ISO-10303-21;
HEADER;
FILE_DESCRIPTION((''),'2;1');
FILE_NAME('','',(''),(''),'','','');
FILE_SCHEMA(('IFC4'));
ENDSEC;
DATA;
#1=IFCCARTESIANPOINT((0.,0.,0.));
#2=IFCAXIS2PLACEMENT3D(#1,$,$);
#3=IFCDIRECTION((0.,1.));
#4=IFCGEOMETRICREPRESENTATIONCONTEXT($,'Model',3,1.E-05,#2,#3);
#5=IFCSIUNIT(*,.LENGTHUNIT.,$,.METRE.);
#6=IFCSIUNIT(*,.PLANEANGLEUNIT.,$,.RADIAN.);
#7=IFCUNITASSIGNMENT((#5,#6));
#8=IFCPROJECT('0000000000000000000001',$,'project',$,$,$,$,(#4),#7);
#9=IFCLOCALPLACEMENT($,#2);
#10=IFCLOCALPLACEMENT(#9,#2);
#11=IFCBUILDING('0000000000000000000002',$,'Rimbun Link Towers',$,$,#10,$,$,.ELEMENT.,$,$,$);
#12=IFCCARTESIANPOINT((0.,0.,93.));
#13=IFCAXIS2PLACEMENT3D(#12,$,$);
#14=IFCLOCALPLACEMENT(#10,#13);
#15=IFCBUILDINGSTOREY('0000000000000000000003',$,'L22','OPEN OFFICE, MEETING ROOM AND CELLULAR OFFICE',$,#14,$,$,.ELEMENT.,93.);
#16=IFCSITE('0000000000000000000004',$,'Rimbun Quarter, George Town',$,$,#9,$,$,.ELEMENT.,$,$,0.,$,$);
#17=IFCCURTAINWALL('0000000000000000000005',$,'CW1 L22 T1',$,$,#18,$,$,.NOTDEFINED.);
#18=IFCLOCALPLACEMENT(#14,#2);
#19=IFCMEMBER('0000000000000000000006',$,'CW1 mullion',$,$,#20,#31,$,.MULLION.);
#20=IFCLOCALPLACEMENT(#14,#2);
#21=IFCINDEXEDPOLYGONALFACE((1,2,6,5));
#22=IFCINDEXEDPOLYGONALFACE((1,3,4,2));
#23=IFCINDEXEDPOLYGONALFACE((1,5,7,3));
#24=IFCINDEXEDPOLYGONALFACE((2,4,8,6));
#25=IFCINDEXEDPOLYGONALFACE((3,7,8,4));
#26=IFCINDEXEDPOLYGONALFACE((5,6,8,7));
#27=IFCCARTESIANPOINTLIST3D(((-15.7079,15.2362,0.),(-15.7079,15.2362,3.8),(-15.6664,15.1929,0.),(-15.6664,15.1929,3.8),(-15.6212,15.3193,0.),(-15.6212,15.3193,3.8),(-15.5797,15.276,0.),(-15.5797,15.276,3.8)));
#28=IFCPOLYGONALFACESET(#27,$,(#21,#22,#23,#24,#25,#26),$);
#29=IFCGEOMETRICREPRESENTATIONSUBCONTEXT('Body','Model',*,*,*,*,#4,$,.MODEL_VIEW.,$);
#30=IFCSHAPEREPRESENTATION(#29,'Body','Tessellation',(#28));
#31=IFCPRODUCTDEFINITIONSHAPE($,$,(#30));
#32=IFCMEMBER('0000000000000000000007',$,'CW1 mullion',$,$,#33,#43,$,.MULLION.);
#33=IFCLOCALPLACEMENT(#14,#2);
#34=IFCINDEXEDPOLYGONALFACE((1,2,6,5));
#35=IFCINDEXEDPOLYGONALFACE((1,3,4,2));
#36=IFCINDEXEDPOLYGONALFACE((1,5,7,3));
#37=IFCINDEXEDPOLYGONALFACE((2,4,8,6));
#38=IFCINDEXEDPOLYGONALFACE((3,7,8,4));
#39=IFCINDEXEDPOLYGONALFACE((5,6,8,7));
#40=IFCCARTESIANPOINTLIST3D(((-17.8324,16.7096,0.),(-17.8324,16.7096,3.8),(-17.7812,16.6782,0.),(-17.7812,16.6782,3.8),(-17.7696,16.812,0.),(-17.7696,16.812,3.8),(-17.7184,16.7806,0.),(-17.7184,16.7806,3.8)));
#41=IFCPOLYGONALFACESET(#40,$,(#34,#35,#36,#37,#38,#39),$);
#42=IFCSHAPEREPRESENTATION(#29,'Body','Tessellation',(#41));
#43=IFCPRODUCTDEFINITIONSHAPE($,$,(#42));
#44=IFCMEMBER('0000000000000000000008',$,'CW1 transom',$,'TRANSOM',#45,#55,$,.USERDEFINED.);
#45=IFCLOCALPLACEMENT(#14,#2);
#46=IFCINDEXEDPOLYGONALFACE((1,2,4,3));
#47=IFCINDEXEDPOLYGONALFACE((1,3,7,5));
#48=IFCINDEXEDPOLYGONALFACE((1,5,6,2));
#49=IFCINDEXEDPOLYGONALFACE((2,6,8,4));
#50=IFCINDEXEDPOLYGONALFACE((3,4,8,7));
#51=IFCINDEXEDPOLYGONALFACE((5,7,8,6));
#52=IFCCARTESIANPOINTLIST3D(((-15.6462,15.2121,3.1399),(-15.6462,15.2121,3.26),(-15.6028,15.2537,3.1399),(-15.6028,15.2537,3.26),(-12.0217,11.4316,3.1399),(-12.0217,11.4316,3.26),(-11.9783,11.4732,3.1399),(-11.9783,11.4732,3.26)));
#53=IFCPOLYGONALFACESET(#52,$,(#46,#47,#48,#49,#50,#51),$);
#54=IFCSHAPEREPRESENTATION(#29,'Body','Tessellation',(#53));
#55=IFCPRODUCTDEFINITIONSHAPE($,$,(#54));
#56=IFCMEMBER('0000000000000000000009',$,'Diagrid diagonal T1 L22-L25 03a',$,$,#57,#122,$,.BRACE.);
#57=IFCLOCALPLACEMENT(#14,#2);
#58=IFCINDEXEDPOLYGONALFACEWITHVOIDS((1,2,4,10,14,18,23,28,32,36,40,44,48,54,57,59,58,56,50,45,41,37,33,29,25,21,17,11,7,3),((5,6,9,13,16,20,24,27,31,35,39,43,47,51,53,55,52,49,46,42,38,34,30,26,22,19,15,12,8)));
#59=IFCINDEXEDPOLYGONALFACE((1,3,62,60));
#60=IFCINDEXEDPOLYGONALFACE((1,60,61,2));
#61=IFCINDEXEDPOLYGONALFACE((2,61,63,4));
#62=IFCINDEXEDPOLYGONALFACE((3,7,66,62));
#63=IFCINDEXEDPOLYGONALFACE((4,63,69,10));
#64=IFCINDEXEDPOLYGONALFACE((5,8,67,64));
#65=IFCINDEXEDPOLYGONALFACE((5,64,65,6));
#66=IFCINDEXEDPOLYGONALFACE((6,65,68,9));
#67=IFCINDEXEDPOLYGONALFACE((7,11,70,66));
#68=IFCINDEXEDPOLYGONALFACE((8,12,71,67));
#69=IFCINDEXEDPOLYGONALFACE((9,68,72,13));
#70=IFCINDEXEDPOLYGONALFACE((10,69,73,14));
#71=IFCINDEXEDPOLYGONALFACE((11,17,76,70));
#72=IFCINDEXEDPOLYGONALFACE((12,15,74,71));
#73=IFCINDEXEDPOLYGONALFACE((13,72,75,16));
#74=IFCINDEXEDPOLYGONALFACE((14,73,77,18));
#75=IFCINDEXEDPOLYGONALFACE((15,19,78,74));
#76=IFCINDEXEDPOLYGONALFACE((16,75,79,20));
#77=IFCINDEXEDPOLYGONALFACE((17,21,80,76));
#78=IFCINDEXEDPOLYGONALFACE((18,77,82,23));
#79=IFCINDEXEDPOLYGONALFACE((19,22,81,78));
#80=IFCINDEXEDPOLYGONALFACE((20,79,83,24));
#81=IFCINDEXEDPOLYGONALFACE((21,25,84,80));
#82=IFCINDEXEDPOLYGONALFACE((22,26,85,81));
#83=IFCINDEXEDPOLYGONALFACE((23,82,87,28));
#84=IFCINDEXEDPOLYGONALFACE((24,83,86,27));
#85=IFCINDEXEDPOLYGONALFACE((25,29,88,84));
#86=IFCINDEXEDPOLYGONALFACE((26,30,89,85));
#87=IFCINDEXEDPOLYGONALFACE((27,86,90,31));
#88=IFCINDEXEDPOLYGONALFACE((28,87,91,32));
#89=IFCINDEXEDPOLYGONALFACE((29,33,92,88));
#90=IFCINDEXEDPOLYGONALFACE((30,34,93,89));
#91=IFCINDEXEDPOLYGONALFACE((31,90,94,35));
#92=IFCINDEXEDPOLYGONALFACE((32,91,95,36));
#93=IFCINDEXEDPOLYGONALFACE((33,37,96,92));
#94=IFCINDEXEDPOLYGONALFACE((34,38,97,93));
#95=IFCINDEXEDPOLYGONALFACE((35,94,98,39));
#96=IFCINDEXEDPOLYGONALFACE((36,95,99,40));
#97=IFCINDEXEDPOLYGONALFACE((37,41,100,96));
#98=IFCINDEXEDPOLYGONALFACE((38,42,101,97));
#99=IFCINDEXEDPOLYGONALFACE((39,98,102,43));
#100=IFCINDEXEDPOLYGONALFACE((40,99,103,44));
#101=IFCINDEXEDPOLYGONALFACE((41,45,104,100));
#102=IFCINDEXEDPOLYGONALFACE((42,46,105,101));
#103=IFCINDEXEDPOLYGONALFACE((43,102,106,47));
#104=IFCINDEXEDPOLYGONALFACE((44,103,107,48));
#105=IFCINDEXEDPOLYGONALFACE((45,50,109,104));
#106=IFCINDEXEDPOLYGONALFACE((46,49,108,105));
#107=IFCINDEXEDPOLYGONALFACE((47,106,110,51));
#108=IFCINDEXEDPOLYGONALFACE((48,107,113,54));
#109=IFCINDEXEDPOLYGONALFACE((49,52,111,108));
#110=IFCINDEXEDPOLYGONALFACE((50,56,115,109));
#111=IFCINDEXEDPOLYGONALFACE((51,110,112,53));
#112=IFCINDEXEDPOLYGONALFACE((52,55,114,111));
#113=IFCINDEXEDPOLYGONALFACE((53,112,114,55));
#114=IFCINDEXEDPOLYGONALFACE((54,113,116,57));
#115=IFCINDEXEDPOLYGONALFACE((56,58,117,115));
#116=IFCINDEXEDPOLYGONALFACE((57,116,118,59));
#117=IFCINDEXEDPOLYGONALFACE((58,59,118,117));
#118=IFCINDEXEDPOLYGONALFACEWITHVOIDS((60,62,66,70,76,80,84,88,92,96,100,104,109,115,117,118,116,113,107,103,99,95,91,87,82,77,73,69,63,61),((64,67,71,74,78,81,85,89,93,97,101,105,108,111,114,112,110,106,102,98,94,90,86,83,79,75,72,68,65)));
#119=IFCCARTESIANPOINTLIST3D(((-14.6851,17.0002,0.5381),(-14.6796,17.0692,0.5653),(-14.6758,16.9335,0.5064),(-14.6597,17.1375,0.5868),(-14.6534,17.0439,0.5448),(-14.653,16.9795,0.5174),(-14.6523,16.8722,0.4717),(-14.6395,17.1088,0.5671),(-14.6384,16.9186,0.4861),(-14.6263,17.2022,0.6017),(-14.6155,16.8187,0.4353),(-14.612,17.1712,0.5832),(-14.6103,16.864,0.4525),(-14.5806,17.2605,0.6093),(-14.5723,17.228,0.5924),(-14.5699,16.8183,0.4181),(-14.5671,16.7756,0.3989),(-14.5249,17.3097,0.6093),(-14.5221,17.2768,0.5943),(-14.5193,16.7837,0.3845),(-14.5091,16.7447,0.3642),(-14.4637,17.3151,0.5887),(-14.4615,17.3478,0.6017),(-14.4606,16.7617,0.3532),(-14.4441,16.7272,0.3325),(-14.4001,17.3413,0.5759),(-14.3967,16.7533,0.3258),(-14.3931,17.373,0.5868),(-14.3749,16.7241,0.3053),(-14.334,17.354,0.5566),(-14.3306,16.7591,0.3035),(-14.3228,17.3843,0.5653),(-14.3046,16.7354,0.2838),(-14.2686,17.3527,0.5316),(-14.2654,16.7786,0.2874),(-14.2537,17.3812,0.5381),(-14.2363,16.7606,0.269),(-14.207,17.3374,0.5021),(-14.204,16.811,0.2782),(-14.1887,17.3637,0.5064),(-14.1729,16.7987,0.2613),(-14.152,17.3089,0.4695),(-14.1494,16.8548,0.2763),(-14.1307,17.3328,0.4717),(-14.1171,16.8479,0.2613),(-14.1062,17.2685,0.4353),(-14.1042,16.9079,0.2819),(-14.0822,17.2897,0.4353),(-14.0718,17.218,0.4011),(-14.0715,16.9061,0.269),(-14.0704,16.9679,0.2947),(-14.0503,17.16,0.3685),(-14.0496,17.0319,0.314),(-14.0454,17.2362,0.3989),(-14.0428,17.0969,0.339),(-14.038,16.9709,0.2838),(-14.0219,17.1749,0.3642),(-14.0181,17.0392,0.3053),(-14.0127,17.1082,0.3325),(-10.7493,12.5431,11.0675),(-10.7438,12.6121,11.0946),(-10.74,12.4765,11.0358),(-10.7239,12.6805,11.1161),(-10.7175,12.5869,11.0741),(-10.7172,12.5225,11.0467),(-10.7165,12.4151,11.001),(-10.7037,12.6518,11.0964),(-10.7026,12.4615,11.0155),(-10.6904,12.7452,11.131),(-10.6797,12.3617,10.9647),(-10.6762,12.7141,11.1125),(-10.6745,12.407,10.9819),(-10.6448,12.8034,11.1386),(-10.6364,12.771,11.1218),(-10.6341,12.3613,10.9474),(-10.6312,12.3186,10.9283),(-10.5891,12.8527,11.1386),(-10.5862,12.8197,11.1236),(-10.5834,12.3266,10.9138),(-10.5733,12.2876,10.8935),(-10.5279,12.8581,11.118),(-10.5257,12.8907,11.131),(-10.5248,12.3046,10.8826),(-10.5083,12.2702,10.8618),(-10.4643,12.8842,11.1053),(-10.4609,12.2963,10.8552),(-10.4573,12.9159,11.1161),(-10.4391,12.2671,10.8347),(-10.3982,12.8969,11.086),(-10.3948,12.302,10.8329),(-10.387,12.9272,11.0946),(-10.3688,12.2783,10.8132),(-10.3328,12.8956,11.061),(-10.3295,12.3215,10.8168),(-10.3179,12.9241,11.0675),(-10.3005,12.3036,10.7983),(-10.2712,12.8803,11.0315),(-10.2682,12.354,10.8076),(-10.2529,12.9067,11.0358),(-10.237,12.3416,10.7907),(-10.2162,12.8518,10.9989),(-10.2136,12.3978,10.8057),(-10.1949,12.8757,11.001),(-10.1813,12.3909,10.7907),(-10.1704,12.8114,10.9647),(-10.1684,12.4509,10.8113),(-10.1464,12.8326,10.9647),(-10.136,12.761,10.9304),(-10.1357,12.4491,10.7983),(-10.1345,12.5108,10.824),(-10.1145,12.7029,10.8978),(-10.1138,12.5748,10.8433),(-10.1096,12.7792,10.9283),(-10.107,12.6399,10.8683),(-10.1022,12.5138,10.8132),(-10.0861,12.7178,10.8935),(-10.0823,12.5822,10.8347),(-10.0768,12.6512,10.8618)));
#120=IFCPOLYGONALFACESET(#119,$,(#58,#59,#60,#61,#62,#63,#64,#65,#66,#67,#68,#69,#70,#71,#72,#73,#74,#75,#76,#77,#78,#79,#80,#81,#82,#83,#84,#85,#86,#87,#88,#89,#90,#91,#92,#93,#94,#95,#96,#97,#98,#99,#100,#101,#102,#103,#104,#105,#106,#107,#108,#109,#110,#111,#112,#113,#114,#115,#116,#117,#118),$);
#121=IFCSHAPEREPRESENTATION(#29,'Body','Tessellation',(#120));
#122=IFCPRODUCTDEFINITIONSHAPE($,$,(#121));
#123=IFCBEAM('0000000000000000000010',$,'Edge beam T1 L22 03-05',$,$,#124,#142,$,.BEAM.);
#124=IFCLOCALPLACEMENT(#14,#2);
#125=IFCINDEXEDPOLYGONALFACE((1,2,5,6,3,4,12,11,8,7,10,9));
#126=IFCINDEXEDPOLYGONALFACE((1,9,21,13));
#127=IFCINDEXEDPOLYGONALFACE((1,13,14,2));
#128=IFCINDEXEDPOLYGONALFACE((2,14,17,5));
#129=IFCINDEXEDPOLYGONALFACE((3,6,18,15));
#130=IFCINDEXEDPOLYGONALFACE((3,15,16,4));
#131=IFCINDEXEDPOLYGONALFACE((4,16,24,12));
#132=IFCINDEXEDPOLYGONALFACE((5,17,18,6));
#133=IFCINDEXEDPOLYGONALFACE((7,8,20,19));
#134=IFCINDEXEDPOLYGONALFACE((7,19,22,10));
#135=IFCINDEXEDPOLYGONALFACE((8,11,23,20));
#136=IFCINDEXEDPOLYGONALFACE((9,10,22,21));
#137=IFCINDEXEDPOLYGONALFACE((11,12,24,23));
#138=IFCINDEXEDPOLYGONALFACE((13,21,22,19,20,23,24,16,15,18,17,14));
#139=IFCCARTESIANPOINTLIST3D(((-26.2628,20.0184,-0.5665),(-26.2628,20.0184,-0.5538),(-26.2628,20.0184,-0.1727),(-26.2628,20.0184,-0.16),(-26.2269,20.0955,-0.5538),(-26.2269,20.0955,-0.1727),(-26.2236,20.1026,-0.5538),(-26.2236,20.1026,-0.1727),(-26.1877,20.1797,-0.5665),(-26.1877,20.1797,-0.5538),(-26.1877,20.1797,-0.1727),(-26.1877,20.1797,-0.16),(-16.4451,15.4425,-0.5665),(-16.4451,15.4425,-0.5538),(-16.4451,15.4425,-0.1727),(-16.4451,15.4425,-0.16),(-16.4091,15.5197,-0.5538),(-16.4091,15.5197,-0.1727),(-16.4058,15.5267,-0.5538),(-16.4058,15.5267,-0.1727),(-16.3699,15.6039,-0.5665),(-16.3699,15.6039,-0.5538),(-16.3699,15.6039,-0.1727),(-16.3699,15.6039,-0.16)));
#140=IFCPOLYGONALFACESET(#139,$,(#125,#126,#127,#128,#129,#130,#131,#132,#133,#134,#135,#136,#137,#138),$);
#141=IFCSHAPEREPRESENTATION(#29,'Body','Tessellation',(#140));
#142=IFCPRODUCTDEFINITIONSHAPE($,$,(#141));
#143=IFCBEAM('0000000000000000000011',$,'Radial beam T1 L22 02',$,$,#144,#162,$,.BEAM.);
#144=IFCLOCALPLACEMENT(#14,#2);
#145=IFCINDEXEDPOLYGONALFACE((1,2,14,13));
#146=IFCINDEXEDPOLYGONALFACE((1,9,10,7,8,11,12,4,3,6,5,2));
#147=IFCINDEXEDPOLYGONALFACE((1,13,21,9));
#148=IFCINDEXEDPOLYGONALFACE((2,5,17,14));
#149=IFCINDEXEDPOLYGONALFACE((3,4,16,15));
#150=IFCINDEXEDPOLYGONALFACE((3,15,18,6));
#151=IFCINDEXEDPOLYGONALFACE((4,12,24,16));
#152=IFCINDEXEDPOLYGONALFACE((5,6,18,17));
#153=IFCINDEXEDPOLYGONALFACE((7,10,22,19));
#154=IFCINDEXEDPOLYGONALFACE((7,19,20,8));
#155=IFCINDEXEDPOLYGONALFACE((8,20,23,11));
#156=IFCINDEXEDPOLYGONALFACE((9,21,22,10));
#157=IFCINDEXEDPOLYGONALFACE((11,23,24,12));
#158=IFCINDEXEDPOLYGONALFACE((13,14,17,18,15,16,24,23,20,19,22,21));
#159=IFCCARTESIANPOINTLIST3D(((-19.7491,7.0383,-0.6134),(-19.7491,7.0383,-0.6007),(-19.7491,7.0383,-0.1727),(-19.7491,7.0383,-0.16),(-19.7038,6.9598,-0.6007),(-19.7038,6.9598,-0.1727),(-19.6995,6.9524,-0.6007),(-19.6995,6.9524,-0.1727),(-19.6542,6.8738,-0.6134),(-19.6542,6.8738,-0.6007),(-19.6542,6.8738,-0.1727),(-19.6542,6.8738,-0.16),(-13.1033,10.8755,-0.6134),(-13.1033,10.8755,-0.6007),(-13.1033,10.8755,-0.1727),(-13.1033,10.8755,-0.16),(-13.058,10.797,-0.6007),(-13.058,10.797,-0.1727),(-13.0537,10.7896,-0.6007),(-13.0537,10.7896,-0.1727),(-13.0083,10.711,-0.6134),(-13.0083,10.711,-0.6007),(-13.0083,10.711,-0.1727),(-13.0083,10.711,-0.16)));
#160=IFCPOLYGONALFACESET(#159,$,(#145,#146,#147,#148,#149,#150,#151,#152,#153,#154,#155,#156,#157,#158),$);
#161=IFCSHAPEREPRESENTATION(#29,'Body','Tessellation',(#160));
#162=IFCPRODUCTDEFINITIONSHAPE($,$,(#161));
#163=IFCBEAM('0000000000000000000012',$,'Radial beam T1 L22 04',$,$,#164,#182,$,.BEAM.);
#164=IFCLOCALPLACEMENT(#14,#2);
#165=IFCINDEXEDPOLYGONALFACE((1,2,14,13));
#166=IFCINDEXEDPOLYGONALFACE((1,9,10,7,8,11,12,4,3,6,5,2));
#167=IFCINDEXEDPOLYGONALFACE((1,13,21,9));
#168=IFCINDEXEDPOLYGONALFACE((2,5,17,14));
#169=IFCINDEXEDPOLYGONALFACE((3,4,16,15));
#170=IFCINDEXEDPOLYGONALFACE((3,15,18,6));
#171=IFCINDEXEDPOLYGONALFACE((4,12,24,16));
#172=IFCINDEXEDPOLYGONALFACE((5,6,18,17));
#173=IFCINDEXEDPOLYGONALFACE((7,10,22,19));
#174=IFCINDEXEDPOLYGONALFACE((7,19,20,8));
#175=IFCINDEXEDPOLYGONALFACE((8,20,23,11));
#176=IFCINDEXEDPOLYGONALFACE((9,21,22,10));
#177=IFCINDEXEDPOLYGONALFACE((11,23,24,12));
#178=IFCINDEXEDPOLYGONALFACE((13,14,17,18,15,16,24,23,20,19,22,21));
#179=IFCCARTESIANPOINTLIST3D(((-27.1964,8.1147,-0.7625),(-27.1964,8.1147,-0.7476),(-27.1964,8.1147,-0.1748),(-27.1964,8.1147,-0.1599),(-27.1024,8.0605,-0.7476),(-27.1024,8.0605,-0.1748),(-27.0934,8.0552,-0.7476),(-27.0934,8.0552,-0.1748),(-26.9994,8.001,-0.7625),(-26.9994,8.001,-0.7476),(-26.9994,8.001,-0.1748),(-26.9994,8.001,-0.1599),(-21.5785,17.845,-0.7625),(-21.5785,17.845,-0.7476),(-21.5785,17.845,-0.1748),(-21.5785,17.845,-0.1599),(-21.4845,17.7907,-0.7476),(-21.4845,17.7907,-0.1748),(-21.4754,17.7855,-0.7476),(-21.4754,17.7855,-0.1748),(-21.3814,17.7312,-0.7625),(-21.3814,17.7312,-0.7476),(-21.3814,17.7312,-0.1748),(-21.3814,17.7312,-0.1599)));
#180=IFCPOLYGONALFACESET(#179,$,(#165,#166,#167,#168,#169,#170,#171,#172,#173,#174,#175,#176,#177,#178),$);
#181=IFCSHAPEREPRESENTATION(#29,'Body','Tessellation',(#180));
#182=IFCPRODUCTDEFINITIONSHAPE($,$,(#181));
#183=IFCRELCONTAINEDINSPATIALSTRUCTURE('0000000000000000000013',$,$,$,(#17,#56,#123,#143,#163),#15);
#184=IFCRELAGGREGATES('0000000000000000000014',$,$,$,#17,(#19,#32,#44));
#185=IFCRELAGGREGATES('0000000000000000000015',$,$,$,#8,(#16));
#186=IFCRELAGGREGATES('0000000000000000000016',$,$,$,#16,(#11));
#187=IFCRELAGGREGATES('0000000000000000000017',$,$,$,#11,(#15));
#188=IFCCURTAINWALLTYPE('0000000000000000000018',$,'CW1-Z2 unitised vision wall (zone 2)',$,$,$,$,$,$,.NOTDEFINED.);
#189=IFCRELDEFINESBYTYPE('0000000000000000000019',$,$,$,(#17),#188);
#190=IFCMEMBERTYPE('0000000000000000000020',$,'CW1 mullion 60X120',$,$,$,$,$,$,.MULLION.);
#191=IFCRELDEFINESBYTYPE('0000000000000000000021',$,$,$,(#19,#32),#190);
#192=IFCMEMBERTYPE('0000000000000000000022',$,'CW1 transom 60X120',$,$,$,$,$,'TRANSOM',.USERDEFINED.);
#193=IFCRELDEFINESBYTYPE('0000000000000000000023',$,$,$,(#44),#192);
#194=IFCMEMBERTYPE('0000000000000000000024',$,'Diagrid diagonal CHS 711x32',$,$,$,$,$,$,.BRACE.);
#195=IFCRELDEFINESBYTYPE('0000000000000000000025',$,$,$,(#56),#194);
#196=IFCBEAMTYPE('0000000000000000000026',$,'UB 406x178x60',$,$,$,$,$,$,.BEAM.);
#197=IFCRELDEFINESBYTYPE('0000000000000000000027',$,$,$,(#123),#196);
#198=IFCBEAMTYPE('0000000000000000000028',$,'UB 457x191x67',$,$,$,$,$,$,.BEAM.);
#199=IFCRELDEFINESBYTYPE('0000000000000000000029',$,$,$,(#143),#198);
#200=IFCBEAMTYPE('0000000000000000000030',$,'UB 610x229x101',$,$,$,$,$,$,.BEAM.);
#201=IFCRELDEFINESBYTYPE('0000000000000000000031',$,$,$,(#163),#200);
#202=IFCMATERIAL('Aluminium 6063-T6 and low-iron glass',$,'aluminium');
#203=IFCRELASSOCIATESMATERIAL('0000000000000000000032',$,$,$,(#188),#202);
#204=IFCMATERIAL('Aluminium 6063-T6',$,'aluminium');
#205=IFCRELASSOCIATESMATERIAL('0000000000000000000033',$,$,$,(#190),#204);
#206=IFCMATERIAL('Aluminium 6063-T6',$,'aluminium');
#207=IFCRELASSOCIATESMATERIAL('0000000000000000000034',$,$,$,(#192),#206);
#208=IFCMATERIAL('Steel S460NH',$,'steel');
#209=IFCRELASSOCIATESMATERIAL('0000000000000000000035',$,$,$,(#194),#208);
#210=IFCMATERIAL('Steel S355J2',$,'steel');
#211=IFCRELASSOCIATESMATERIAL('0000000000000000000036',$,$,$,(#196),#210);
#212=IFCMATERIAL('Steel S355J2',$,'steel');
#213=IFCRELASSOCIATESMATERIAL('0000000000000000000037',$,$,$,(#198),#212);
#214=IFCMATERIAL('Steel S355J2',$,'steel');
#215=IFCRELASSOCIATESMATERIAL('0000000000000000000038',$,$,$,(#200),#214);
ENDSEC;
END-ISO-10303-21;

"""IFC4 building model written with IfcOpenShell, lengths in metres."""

from ifc_helpers import new_model, si_unit, direction, frame, origin, origin_2d, place, context, subcontext, project, spatial, rectangle, hollow_circle, i_section, extrude, material, material_profile, profile_set, type_object, element, aggregate, save


model = new_model("IFC4")

# Units and contexts
model_context = context("Model", 3, precision=1e-05, world=origin(), true_north=direction((0.0, 1.0)))
body_context = subcontext(model_context, "Body", "Model", "MODEL_VIEW")
ifc_project = project(units=[si_unit("LENGTHUNIT", "METRE"), si_unit("PLANEANGLEUNIT", "RADIAN")], contexts=[model_context])

# Site, building, storey
site_placement = place(None, origin())
site = spatial("IfcSite", under=ifc_project, at=site_placement, Name="Rimbun Quarter, George Town", CompositionType="ELEMENT", RefElevation=0.0)
building_placement = place(site_placement, origin())
building = spatial("IfcBuilding", under=site, at=building_placement, Name="Rimbun Link Towers", CompositionType="ELEMENT")
storey_placement = place(building_placement, frame((0.0, 0.0, 93.0)))
storey = spatial("IfcBuildingStorey", under=building, at=storey_placement, Name="L22", Description="OPEN OFFICE, MEETING ROOM AND CELLULAR OFFICE", CompositionType="ELEMENT", Elevation=93.0)

# Curtain wall, members
ifc_material_1 = material(Name="Aluminium 6063-T6 and low-iron glass", Category="aluminium")
curtain_wall_type = type_object("IfcCurtainWallType", Name="CW1-Z2 unitised vision wall (zone 2)", PredefinedType="NOTDEFINED", material=ifc_material_1)
curtain_wall_placement = place(storey_placement, origin())
curtain_wall = element("IfcCurtainWall", 1, at=curtain_wall_placement, inside=storey, type_object=curtain_wall_type, Name="CW1 L22 T1", PredefinedType="NOTDEFINED")
ifc_material_2 = material(Name="Aluminium 6063-T6", Category="aluminium")
ifc_material_profile_1 = material_profile(ifc_material_2, rectangle(XDim=0.1201, YDim=0.0601, at=origin_2d()), Name="MULLION 60X120")
ifc_profile_set_1 = profile_set([ifc_material_profile_1], Name="Aluminium 6063-T6")
member_type_1 = type_object("IfcMemberType", Name="CW1 mullion 60X120", PredefinedType="MULLION", material=ifc_profile_set_1)
member_1_placement = place(storey_placement, frame((-15.6438, 15.2561, 0.0), z_axis=(0.0, 0.0, 1.0), x_axis=(0.721854, 0.692045, 0.0)))
member_1 = element("IfcMember", 2, at=member_1_placement, type_object=member_type_1, Name="CW1 mullion", PredefinedType="MULLION", context=body_context, shape_type="SweptSolid", body=[
    extrude(rectangle(XDim=0.1201, YDim=0.0601, at=origin_2d()), origin(), (0.0, 0.0, 1.0), 3.8),
])
member_2_placement = place(storey_placement, frame((-17.7754, 16.7451, 0.0), z_axis=(0.0, 0.0, 1.0), x_axis=(0.523239, 0.852186, 0.0)))
member_2 = element("IfcMember", 3, at=member_2_placement, type_object=member_type_1, Name="CW1 mullion", PredefinedType="MULLION", context=body_context, shape_type="SweptSolid", body=[
    extrude(rectangle(XDim=0.1201, YDim=0.0601, at=origin_2d()), origin(), (0.0, 0.0, 1.0), 3.8),
])
ifc_material_3 = material(Name="Aluminium 6063-T6", Category="aluminium")
ifc_material_profile_2 = material_profile(ifc_material_3, rectangle(XDim=0.0601, YDim=0.1201, at=origin_2d()), Name="TRANSOM 60X120")
ifc_profile_set_2 = profile_set([ifc_material_profile_2], Name="Aluminium 6063-T6")
member_type_2 = type_object("IfcMemberType", Name="CW1 transom 60X120", ElementType="TRANSOM", PredefinedType="USERDEFINED", material=ifc_profile_set_2)
member_3_placement = place(storey_placement, frame((-15.6245, 15.2329, 3.2), z_axis=(0.692056, -0.721844, 0.0), x_axis=(0.721844, 0.692056, 0.0)))
member_3 = element("IfcMember", 4, at=member_3_placement, type_object=member_type_2, Name="CW1 transom", ObjectType="TRANSOM", PredefinedType="USERDEFINED", context=body_context, shape_type="SweptSolid", body=[
    extrude(rectangle(XDim=0.0601, YDim=0.1201, at=origin_2d()), origin(), (0.0, 0.0, 1.0), 5.2373),
])

# Member
ifc_material_4 = material(Name="Steel S460NH", Category="steel")
ifc_material_profile_3 = material_profile(ifc_material_4, hollow_circle(Radius=0.3557, WallThickness=0.032, at=origin_2d()), Name="Diagrid diagonal CHS 711x32")
ifc_profile_set_3 = profile_set([ifc_material_profile_3], Name="Steel S460NH")
member_type_3 = type_object("IfcMemberType", Name="Diagrid diagonal CHS 711x32", PredefinedType="BRACE", material=ifc_profile_set_3)
member_4_placement = place(storey_placement, frame((-14.3489, 17.0542, 0.4353), z_axis=(0.325481, -0.368587, 0.87075), x_axis=(0.749578, 0.661916, 0.0)))
element("IfcMember", 5, at=member_4_placement, inside=storey, type_object=member_type_3, Name="Diagrid diagonal T1 L22-L25 03a", PredefinedType="BRACE", context=body_context, shape_type="SweptSolid", body=[
    extrude(hollow_circle(Radius=0.3557, WallThickness=0.032, at=origin_2d()), origin(), (0.0, 0.0, 1.0), 12.0923),
])

# Beams
ifc_material_5 = material(Name="Steel S355J2", Category="steel")
ifc_material_profile_4 = material_profile(ifc_material_5, i_section(OverallWidth=0.178, OverallDepth=0.4065, WebThickness=0.0078, FlangeThickness=0.0127, at=origin_2d()), Name="UB 406x178x60")
ifc_profile_set_4 = profile_set([ifc_material_profile_4], Name="Steel S355J2")
beam_type_1 = type_object("IfcBeamType", Name="UB 406x178x60", PredefinedType="BEAM", material=ifc_profile_set_4)
beam_1_placement = place(storey_placement, frame((-16.4075, 15.5232, -0.3633), z_axis=(-0.906386, 0.42245, 0.0), x_axis=(-0.42245, -0.906386, 0.0)))
element("IfcBeam", 6, at=beam_1_placement, inside=storey, type_object=beam_type_1, Name="Edge beam T1 L22 03-05", PredefinedType="BEAM", context=body_context, shape_type="SweptSolid", body=[
    extrude(i_section(OverallWidth=0.178, OverallDepth=0.4065, WebThickness=0.0078, FlangeThickness=0.0127, at=origin_2d()), origin(), (0.0, 0.0, 1.0), 10.8318),
])
ifc_material_6 = material(Name="Steel S355J2", Category="steel")
ifc_material_profile_5 = material_profile(ifc_material_6, i_section(OverallWidth=0.1899, OverallDepth=0.4534, WebThickness=0.0085, FlangeThickness=0.0127, at=origin_2d()), Name="UB 457x191x67")
ifc_profile_set_5 = profile_set([ifc_material_profile_5], Name="Steel S355J2")
beam_type_2 = type_object("IfcBeamType", Name="UB 457x191x67", PredefinedType="BEAM", material=ifc_profile_set_5)
beam_2_placement = place(storey_placement, frame((-19.7017, 6.9561, -0.3867), z_axis=(0.866012, 0.500023, 0.0), x_axis=(-0.500023, 0.866012, 0.0)))
element("IfcBeam", 7, at=beam_2_placement, inside=storey, type_object=beam_type_2, Name="Radial beam T1 L22 02", PredefinedType="BEAM", context=body_context, shape_type="SweptSolid", body=[
    extrude(i_section(OverallWidth=0.1899, OverallDepth=0.4534, WebThickness=0.0085, FlangeThickness=0.0127, at=origin_2d()), origin(), (0.0, 0.0, 1.0), 7.6741),
])
ifc_material_7 = material(Name="Steel S355J2", Category="steel")
ifc_material_profile_6 = material_profile(ifc_material_7, i_section(OverallWidth=0.2275, OverallDepth=0.6025, WebThickness=0.0105, FlangeThickness=0.0149, at=origin_2d()), Name="UB 610x229x101")
ifc_profile_set_6 = profile_set([ifc_material_profile_6], Name="Steel S355J2")
beam_type_3 = type_object("IfcBeamType", Name="UB 610x229x101", PredefinedType="BEAM", material=ifc_profile_set_6)
beam_3_placement = place(storey_placement, frame((-27.0979, 8.0579, -0.4612), z_axis=(0.500011, 0.866019, 0.0), x_axis=(-0.866019, 0.500011, 0.0)))
element("IfcBeam", 8, at=beam_3_placement, inside=storey, type_object=beam_type_3, Name="Radial beam T1 L22 04", PredefinedType="BEAM", context=body_context, shape_type="SweptSolid", body=[
    extrude(i_section(OverallWidth=0.2275, OverallDepth=0.6025, WebThickness=0.0105, FlangeThickness=0.0149, at=origin_2d()), origin(), (0.0, 0.0, 1.0), 11.2356),
])

aggregate(curtain_wall, [member_1, member_2, member_3])

save(model, "model.ifc")
